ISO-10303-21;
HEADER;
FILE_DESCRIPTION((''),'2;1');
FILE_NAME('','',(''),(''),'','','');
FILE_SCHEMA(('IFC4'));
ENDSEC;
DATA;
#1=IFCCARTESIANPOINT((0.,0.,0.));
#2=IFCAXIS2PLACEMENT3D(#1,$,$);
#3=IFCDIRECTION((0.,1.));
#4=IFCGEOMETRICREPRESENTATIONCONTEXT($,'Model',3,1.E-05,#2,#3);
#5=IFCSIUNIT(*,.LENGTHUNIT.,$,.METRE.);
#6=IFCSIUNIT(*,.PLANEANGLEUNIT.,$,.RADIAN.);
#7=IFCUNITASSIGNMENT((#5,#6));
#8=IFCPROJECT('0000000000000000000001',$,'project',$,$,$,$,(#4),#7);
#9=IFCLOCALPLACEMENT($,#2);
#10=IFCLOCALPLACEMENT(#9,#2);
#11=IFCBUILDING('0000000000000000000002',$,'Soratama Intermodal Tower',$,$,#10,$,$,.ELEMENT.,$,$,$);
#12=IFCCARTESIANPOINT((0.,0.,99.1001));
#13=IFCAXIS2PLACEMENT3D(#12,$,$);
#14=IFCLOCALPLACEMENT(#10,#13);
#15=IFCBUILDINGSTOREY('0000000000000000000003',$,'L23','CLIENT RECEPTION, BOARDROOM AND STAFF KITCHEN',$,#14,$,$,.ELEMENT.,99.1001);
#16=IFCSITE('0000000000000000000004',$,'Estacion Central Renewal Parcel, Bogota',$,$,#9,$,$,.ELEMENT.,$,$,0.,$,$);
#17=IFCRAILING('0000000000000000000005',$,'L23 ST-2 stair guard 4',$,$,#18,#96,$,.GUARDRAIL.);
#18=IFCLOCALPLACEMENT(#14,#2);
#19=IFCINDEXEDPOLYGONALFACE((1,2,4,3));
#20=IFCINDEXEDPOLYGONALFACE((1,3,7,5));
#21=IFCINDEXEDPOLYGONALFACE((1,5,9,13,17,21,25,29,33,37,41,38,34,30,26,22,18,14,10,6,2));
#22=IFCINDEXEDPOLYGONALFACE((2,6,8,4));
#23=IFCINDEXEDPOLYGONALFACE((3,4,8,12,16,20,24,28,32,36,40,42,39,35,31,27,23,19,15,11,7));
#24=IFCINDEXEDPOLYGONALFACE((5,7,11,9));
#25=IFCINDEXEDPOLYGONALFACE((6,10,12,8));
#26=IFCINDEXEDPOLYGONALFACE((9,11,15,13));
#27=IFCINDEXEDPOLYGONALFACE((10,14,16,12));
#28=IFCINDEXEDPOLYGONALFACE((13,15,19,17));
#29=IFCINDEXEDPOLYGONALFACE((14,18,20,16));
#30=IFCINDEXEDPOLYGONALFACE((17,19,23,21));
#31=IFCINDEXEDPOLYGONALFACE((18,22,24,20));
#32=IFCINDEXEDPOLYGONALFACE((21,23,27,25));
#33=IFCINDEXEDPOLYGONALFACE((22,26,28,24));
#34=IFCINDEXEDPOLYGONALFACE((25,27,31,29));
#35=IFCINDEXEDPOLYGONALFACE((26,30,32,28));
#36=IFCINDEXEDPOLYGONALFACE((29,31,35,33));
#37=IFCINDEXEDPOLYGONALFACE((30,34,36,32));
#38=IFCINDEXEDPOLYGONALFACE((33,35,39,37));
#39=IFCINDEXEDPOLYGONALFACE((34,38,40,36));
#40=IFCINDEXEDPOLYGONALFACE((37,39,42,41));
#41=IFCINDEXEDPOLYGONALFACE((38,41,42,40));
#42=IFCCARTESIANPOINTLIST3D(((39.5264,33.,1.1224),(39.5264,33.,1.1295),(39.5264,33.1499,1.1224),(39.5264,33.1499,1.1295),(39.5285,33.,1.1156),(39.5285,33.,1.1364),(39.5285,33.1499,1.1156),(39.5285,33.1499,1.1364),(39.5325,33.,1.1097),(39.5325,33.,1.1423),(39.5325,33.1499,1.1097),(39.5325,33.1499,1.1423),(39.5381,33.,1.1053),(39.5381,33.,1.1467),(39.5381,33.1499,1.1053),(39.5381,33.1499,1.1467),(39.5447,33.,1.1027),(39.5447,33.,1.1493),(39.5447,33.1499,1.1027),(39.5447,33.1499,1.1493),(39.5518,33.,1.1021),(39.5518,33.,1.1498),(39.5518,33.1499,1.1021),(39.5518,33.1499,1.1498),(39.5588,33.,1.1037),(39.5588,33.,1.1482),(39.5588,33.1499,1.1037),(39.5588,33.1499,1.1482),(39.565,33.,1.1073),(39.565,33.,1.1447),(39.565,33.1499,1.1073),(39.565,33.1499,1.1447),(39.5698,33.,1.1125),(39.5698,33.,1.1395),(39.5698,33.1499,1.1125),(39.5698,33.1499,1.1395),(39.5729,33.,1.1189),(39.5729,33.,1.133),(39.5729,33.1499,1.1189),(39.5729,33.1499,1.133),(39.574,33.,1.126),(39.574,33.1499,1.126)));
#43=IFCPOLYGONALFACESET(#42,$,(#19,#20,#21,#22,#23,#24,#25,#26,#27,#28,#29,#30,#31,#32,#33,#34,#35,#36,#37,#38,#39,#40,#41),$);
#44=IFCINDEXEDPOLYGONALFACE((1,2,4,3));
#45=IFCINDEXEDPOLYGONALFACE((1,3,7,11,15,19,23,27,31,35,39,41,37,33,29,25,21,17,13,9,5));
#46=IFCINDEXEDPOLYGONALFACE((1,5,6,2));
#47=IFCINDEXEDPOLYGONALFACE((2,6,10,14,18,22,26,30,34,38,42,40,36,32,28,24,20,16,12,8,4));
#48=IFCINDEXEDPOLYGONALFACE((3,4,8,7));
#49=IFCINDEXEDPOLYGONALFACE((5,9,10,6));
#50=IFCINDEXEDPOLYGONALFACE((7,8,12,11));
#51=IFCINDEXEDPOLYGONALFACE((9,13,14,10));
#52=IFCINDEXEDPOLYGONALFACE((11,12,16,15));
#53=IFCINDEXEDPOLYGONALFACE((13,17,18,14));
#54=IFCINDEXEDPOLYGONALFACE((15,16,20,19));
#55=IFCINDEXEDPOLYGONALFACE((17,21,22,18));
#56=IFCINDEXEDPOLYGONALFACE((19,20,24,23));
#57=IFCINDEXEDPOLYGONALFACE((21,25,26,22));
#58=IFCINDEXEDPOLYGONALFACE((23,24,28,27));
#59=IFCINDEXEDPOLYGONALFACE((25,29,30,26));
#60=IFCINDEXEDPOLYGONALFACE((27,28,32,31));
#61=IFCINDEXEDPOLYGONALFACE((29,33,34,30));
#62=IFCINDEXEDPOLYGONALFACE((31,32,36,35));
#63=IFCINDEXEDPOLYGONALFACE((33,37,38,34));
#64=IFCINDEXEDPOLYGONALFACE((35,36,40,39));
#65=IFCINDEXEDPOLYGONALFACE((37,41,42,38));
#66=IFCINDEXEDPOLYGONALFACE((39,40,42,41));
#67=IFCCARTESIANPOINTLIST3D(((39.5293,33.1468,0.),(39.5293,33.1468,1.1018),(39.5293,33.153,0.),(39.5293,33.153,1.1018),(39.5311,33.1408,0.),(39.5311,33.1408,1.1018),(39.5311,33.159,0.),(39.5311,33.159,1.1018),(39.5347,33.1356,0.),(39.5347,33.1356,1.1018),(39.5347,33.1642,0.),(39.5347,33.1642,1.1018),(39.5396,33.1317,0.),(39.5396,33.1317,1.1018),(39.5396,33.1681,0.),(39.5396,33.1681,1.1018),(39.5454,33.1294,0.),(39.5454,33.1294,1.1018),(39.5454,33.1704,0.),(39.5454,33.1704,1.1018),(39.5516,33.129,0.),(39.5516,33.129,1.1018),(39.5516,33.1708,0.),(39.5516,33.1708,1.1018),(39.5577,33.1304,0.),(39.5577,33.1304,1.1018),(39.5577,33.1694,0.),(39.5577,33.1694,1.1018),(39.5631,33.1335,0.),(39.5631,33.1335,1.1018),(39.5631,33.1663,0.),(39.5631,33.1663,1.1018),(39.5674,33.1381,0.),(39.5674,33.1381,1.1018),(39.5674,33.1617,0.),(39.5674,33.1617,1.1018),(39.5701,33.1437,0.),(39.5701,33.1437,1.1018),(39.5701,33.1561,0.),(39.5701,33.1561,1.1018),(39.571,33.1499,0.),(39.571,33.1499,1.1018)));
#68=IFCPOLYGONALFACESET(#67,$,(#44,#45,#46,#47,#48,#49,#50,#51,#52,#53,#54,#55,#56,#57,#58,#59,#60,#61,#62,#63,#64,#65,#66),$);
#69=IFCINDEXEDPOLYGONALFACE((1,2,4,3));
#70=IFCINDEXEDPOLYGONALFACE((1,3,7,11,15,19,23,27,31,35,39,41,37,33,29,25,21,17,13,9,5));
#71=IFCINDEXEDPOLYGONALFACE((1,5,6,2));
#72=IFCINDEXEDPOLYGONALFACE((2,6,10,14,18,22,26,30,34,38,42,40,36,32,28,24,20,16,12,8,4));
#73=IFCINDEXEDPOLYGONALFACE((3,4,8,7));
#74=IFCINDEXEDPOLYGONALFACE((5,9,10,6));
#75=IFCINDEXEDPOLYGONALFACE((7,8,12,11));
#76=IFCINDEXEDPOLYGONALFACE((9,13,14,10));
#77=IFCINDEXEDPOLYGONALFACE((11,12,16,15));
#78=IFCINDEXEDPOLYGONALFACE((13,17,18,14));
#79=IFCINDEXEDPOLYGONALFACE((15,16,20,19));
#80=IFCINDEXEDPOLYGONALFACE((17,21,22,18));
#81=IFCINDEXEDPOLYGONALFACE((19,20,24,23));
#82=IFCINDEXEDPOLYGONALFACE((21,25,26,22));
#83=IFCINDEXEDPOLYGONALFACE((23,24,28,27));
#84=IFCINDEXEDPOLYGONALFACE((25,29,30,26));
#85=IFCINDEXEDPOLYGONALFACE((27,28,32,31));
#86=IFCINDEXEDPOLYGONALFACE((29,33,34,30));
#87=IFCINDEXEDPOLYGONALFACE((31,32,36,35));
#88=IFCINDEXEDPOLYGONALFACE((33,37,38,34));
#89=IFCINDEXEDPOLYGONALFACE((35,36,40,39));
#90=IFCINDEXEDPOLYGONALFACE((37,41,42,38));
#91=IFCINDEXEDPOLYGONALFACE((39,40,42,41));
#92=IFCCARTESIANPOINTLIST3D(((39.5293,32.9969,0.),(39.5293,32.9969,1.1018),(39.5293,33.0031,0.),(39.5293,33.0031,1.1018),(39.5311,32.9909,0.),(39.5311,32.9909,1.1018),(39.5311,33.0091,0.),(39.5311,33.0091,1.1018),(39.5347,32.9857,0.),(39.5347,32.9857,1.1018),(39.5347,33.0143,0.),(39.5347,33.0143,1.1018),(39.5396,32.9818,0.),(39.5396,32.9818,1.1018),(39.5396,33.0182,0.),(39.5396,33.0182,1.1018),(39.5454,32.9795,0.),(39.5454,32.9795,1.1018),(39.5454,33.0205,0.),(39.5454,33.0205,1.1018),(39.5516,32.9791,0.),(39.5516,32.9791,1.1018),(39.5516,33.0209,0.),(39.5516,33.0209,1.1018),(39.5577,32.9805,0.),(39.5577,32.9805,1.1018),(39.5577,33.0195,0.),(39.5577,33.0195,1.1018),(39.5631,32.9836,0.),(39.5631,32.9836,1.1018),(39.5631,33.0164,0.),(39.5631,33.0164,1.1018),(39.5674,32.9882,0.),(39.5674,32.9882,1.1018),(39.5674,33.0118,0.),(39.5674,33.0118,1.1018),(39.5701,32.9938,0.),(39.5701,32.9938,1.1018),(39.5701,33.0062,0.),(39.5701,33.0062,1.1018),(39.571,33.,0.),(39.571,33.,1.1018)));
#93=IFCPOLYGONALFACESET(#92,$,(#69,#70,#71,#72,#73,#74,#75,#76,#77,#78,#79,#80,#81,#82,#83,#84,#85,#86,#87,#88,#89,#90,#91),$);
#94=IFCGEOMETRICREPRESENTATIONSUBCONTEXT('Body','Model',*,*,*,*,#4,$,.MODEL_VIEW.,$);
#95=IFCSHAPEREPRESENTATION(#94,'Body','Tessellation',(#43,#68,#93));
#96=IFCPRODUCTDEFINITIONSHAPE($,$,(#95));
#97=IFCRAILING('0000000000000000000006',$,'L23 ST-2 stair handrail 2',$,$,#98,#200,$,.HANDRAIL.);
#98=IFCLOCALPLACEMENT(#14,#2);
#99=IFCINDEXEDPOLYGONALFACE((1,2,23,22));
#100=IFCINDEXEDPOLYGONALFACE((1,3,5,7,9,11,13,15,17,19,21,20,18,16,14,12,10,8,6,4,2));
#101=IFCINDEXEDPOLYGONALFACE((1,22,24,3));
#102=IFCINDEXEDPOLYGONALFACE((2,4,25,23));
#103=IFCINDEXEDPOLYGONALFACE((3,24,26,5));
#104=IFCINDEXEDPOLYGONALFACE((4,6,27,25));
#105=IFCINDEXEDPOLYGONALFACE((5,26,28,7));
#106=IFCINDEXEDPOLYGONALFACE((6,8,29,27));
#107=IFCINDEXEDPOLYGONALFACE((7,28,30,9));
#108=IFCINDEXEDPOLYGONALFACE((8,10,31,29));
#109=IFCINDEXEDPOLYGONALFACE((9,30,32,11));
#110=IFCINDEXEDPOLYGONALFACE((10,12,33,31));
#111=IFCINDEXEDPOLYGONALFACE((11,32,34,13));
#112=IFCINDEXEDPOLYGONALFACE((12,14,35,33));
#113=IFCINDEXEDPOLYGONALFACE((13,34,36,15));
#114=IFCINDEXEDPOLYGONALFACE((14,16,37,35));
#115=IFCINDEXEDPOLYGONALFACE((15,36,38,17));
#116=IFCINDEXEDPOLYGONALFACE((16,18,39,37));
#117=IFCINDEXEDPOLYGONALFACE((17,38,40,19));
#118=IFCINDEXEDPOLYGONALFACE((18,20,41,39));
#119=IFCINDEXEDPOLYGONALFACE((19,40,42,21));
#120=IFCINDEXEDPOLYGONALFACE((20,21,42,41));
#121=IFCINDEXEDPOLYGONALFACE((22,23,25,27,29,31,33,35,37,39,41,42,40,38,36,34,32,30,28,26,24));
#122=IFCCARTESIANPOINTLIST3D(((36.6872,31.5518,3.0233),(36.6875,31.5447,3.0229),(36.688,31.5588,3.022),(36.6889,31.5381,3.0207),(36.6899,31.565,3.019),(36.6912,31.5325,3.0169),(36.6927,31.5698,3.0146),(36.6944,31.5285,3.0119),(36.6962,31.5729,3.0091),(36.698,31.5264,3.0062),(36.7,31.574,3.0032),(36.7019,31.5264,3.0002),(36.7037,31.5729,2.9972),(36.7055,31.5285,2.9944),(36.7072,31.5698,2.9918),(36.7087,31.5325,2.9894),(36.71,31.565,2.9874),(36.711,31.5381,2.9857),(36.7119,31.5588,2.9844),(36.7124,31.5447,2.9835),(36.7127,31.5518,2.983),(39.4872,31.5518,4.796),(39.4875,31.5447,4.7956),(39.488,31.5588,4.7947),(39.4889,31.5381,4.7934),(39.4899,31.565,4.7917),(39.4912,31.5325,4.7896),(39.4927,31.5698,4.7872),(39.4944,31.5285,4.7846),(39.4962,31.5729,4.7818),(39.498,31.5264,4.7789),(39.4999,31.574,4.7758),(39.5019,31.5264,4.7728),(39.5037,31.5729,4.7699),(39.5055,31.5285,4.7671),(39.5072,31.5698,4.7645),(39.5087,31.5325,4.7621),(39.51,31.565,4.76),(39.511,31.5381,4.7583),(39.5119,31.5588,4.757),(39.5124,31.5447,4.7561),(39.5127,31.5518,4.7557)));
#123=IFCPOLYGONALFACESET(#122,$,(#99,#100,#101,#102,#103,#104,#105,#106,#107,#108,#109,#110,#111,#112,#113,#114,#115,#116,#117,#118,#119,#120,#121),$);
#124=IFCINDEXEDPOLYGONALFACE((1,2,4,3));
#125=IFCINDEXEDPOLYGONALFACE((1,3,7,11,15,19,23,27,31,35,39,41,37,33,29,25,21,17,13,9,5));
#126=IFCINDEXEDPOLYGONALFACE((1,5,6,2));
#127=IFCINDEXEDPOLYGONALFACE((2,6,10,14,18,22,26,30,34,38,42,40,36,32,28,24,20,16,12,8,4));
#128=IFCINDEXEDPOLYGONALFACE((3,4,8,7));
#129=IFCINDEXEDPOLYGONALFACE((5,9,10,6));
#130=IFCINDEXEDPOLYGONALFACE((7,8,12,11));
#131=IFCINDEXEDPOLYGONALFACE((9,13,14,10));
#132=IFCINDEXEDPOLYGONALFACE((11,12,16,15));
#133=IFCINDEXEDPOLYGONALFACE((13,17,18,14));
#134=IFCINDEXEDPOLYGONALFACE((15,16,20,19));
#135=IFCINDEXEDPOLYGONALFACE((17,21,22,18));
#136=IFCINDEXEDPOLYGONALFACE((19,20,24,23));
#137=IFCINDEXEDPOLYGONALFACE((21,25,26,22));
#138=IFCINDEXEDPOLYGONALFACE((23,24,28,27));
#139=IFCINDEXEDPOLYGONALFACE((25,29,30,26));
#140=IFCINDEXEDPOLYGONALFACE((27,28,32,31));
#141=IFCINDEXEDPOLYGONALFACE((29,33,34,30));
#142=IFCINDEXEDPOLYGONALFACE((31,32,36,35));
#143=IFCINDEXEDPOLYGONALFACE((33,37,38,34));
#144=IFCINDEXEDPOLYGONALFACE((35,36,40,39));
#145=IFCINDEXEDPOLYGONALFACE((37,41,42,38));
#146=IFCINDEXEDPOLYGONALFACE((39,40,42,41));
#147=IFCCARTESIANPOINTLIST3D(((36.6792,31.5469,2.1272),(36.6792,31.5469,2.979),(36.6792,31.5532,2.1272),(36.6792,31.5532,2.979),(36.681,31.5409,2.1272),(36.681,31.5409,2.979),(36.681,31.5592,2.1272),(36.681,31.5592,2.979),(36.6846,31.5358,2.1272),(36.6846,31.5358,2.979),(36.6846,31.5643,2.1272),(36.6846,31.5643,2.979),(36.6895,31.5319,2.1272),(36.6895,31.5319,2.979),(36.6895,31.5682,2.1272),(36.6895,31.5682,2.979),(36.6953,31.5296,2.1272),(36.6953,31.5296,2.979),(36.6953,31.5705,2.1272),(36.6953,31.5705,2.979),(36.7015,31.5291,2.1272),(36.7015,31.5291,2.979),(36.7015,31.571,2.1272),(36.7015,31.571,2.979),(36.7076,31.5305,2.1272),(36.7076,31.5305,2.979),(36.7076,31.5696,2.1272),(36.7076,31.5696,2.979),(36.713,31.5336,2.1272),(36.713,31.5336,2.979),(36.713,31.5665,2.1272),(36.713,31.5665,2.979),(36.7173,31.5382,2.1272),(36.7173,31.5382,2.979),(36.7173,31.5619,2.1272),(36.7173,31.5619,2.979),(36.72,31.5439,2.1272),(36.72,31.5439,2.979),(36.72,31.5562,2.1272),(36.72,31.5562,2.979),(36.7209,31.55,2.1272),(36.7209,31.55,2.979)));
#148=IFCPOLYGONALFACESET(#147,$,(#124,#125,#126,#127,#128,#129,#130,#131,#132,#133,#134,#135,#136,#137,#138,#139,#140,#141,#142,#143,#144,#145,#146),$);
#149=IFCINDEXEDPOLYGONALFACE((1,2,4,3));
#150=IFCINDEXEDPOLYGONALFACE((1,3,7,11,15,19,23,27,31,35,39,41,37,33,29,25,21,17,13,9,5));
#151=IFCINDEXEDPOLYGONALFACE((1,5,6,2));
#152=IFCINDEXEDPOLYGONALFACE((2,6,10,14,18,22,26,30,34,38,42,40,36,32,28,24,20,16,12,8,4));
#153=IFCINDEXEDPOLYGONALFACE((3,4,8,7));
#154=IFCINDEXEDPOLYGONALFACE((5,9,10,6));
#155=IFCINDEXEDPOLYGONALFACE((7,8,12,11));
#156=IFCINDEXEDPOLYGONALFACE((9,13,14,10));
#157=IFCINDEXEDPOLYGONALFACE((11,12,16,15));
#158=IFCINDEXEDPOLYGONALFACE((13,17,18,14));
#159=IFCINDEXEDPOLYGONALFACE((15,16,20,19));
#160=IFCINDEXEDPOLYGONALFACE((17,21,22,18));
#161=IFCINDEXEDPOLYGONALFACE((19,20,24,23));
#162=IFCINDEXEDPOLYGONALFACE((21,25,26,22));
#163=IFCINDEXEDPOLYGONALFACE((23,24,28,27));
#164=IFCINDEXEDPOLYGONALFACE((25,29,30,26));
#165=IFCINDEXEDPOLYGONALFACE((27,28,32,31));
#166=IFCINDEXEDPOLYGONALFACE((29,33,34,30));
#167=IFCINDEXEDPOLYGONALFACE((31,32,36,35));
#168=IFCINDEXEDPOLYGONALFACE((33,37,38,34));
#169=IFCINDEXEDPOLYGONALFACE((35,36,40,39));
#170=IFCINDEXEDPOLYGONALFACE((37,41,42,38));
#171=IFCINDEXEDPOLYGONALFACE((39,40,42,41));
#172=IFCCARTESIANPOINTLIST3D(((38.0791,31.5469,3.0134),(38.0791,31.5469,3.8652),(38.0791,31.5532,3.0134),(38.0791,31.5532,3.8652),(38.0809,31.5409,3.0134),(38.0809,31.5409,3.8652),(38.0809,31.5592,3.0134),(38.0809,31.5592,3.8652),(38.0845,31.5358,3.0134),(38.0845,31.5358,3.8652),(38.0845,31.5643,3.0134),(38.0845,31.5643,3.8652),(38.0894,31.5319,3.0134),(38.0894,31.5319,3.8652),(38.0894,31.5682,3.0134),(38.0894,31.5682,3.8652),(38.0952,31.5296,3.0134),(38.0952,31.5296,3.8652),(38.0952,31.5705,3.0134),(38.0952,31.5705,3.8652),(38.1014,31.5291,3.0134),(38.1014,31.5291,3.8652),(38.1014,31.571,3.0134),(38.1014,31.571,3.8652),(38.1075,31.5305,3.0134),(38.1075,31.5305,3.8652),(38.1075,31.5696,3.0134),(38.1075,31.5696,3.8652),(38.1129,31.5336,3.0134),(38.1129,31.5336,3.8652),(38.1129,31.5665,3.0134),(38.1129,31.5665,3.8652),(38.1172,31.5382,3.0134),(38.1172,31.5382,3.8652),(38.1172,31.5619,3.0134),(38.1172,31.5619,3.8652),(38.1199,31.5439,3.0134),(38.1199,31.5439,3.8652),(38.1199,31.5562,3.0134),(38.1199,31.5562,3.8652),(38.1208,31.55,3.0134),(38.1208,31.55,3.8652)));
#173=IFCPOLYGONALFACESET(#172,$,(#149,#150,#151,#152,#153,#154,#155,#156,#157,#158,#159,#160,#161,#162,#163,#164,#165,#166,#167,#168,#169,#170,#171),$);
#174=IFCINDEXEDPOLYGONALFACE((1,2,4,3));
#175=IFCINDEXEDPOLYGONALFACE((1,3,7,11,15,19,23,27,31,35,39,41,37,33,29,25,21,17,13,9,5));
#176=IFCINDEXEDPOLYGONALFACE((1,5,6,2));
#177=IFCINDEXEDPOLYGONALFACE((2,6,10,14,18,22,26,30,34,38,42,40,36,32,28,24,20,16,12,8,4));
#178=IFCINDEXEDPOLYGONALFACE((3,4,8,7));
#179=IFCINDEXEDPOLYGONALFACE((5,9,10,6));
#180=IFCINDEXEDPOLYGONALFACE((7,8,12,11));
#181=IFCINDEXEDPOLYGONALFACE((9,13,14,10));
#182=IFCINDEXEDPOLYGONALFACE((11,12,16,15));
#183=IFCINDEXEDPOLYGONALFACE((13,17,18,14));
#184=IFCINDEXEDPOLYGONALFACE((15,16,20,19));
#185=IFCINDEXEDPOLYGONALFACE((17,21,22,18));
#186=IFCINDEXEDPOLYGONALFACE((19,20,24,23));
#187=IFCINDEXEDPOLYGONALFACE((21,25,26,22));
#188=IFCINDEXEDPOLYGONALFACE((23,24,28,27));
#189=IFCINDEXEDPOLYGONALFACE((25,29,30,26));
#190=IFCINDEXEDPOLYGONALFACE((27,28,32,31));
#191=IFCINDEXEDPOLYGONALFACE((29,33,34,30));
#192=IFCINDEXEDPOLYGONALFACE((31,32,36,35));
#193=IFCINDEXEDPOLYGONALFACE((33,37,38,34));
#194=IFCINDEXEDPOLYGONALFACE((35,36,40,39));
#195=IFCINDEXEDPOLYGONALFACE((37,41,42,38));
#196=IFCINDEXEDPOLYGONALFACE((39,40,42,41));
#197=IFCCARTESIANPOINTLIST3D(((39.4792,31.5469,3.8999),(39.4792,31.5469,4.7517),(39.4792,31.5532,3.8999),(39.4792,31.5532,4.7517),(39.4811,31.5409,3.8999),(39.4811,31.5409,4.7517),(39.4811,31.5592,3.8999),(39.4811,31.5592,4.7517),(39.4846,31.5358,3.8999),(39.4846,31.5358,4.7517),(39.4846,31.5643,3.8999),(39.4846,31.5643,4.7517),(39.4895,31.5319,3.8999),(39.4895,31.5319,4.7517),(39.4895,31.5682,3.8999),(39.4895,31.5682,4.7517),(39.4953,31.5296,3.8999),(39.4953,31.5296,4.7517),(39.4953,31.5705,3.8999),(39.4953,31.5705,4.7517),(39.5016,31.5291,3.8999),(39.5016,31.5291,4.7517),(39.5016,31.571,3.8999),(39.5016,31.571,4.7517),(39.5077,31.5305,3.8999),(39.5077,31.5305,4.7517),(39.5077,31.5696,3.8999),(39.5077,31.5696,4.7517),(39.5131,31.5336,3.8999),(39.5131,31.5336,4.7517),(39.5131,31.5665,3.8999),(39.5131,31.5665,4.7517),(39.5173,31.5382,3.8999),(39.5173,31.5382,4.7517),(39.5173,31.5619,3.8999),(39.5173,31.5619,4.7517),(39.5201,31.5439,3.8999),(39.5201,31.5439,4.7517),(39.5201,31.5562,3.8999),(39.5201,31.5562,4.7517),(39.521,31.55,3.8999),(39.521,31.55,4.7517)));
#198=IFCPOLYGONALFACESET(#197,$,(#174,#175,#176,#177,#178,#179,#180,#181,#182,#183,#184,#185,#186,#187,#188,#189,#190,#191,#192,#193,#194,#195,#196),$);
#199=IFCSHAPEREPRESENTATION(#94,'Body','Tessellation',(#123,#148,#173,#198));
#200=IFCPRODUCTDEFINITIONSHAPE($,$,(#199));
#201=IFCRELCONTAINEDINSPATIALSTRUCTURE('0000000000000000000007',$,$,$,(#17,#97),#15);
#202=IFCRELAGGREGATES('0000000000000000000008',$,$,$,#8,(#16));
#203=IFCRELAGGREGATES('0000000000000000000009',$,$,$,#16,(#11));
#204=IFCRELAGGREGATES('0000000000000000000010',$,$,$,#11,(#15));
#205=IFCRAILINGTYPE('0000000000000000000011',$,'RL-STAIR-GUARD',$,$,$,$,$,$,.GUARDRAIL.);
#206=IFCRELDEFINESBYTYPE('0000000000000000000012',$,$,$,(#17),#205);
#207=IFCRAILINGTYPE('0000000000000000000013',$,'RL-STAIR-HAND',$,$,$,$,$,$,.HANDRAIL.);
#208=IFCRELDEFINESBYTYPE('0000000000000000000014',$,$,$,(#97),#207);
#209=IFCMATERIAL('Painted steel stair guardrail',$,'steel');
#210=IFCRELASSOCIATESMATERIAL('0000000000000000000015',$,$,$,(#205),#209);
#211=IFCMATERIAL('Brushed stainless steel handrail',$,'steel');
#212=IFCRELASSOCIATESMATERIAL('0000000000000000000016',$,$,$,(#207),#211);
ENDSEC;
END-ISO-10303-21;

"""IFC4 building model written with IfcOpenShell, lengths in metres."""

from ifc_helpers import new_model, si_unit, direction, frame, origin, origin_2d, place, context, subcontext, project, spatial, circle, extrude, material, type_object, element, save


model = new_model("IFC4")

# Units and contexts
model_context = context("Model", 3, precision=1e-05, world=origin(), true_north=direction((0.0, 1.0)))
body_context = subcontext(model_context, "Body", "Model", "MODEL_VIEW")
ifc_project = project(units=[si_unit("LENGTHUNIT", "METRE"), si_unit("PLANEANGLEUNIT", "RADIAN")], contexts=[model_context])

# Site, building, storey
site_placement = place(None, origin())
site = spatial("IfcSite", under=ifc_project, at=site_placement, Name="Estacion Central Renewal Parcel, Bogota", CompositionType="ELEMENT", RefElevation=0.0)
building_placement = place(site_placement, origin())
building = spatial("IfcBuilding", under=site, at=building_placement, Name="Soratama Intermodal Tower", CompositionType="ELEMENT")
storey_placement = place(building_placement, frame((0.0, 0.0, 99.1001)))
storey = spatial("IfcBuildingStorey", under=building, at=storey_placement, Name="L23", Description="CLIENT RECEPTION, BOARDROOM AND STAFF KITCHEN", CompositionType="ELEMENT", Elevation=99.1001)

# Railings
ifc_material_1 = material(Name="Painted steel stair guardrail", Category="steel")
railing_type_1 = type_object("IfcRailingType", Name="RL-STAIR-GUARD", PredefinedType="GUARDRAIL", material=ifc_material_1)
railing_1_placement = place(storey_placement, frame((39.55, 33.1499, 0.0)))
element("IfcRailing", 1, at=railing_1_placement, inside=storey, type_object=railing_type_1, Name="L23 ST-2 stair guard 4", PredefinedType="GUARDRAIL", context=body_context, shape_type="SweptSolid", body=[
    extrude(circle(Radius=0.0239, at=origin_2d()), frame((0.0, 0.0, 1.126), z_axis=(0.0, -1.0, 0.0), x_axis=(1.0, 0.0, 0.0)), (0.0, 0.0, 1.0), 0.1499),
    extrude(circle(Radius=0.021, at=origin_2d()), origin(), (0.0, 0.0, 1.0), 1.1018),
    extrude(circle(Radius=0.021, at=origin_2d()), frame((0.0, -0.1499, 0.0)), (0.0, 0.0, 1.0), 1.1018),
])
ifc_material_2 = material(Name="Brushed stainless steel handrail", Category="steel")
railing_type_2 = type_object("IfcRailingType", Name="RL-STAIR-HAND", PredefinedType="HANDRAIL", material=ifc_material_2)
railing_2_placement = place(storey_placement, frame((36.7, 31.55, 2.1272)))
element("IfcRailing", 2, at=railing_2_placement, inside=storey, type_object=railing_type_2, Name="L23 ST-2 stair handrail 2", PredefinedType="HANDRAIL", context=body_context, shape_type="SweptSolid", body=[
    extrude(circle(Radius=0.0239, at=origin_2d()), frame((0.0, 0.0, 0.876), z_axis=(0.844909, 0.0, 0.53491), x_axis=(0.0, 1.0, 0.0)), (0.0, 0.0, 1.0), 3.314),
    extrude(circle(Radius=0.021, at=origin_2d()), origin(), (0.0, 0.0, 1.0), 0.8518),
    extrude(circle(Radius=0.021, at=origin_2d()), frame((1.3999, 0.0, 0.8862)), (0.0, 0.0, 1.0), 0.8518),
    extrude(circle(Radius=0.021, at=origin_2d()), frame((2.8, 0.0, 1.7727)), (0.0, 0.0, 1.0), 0.8518),
])

save(model, "model.ifc")
